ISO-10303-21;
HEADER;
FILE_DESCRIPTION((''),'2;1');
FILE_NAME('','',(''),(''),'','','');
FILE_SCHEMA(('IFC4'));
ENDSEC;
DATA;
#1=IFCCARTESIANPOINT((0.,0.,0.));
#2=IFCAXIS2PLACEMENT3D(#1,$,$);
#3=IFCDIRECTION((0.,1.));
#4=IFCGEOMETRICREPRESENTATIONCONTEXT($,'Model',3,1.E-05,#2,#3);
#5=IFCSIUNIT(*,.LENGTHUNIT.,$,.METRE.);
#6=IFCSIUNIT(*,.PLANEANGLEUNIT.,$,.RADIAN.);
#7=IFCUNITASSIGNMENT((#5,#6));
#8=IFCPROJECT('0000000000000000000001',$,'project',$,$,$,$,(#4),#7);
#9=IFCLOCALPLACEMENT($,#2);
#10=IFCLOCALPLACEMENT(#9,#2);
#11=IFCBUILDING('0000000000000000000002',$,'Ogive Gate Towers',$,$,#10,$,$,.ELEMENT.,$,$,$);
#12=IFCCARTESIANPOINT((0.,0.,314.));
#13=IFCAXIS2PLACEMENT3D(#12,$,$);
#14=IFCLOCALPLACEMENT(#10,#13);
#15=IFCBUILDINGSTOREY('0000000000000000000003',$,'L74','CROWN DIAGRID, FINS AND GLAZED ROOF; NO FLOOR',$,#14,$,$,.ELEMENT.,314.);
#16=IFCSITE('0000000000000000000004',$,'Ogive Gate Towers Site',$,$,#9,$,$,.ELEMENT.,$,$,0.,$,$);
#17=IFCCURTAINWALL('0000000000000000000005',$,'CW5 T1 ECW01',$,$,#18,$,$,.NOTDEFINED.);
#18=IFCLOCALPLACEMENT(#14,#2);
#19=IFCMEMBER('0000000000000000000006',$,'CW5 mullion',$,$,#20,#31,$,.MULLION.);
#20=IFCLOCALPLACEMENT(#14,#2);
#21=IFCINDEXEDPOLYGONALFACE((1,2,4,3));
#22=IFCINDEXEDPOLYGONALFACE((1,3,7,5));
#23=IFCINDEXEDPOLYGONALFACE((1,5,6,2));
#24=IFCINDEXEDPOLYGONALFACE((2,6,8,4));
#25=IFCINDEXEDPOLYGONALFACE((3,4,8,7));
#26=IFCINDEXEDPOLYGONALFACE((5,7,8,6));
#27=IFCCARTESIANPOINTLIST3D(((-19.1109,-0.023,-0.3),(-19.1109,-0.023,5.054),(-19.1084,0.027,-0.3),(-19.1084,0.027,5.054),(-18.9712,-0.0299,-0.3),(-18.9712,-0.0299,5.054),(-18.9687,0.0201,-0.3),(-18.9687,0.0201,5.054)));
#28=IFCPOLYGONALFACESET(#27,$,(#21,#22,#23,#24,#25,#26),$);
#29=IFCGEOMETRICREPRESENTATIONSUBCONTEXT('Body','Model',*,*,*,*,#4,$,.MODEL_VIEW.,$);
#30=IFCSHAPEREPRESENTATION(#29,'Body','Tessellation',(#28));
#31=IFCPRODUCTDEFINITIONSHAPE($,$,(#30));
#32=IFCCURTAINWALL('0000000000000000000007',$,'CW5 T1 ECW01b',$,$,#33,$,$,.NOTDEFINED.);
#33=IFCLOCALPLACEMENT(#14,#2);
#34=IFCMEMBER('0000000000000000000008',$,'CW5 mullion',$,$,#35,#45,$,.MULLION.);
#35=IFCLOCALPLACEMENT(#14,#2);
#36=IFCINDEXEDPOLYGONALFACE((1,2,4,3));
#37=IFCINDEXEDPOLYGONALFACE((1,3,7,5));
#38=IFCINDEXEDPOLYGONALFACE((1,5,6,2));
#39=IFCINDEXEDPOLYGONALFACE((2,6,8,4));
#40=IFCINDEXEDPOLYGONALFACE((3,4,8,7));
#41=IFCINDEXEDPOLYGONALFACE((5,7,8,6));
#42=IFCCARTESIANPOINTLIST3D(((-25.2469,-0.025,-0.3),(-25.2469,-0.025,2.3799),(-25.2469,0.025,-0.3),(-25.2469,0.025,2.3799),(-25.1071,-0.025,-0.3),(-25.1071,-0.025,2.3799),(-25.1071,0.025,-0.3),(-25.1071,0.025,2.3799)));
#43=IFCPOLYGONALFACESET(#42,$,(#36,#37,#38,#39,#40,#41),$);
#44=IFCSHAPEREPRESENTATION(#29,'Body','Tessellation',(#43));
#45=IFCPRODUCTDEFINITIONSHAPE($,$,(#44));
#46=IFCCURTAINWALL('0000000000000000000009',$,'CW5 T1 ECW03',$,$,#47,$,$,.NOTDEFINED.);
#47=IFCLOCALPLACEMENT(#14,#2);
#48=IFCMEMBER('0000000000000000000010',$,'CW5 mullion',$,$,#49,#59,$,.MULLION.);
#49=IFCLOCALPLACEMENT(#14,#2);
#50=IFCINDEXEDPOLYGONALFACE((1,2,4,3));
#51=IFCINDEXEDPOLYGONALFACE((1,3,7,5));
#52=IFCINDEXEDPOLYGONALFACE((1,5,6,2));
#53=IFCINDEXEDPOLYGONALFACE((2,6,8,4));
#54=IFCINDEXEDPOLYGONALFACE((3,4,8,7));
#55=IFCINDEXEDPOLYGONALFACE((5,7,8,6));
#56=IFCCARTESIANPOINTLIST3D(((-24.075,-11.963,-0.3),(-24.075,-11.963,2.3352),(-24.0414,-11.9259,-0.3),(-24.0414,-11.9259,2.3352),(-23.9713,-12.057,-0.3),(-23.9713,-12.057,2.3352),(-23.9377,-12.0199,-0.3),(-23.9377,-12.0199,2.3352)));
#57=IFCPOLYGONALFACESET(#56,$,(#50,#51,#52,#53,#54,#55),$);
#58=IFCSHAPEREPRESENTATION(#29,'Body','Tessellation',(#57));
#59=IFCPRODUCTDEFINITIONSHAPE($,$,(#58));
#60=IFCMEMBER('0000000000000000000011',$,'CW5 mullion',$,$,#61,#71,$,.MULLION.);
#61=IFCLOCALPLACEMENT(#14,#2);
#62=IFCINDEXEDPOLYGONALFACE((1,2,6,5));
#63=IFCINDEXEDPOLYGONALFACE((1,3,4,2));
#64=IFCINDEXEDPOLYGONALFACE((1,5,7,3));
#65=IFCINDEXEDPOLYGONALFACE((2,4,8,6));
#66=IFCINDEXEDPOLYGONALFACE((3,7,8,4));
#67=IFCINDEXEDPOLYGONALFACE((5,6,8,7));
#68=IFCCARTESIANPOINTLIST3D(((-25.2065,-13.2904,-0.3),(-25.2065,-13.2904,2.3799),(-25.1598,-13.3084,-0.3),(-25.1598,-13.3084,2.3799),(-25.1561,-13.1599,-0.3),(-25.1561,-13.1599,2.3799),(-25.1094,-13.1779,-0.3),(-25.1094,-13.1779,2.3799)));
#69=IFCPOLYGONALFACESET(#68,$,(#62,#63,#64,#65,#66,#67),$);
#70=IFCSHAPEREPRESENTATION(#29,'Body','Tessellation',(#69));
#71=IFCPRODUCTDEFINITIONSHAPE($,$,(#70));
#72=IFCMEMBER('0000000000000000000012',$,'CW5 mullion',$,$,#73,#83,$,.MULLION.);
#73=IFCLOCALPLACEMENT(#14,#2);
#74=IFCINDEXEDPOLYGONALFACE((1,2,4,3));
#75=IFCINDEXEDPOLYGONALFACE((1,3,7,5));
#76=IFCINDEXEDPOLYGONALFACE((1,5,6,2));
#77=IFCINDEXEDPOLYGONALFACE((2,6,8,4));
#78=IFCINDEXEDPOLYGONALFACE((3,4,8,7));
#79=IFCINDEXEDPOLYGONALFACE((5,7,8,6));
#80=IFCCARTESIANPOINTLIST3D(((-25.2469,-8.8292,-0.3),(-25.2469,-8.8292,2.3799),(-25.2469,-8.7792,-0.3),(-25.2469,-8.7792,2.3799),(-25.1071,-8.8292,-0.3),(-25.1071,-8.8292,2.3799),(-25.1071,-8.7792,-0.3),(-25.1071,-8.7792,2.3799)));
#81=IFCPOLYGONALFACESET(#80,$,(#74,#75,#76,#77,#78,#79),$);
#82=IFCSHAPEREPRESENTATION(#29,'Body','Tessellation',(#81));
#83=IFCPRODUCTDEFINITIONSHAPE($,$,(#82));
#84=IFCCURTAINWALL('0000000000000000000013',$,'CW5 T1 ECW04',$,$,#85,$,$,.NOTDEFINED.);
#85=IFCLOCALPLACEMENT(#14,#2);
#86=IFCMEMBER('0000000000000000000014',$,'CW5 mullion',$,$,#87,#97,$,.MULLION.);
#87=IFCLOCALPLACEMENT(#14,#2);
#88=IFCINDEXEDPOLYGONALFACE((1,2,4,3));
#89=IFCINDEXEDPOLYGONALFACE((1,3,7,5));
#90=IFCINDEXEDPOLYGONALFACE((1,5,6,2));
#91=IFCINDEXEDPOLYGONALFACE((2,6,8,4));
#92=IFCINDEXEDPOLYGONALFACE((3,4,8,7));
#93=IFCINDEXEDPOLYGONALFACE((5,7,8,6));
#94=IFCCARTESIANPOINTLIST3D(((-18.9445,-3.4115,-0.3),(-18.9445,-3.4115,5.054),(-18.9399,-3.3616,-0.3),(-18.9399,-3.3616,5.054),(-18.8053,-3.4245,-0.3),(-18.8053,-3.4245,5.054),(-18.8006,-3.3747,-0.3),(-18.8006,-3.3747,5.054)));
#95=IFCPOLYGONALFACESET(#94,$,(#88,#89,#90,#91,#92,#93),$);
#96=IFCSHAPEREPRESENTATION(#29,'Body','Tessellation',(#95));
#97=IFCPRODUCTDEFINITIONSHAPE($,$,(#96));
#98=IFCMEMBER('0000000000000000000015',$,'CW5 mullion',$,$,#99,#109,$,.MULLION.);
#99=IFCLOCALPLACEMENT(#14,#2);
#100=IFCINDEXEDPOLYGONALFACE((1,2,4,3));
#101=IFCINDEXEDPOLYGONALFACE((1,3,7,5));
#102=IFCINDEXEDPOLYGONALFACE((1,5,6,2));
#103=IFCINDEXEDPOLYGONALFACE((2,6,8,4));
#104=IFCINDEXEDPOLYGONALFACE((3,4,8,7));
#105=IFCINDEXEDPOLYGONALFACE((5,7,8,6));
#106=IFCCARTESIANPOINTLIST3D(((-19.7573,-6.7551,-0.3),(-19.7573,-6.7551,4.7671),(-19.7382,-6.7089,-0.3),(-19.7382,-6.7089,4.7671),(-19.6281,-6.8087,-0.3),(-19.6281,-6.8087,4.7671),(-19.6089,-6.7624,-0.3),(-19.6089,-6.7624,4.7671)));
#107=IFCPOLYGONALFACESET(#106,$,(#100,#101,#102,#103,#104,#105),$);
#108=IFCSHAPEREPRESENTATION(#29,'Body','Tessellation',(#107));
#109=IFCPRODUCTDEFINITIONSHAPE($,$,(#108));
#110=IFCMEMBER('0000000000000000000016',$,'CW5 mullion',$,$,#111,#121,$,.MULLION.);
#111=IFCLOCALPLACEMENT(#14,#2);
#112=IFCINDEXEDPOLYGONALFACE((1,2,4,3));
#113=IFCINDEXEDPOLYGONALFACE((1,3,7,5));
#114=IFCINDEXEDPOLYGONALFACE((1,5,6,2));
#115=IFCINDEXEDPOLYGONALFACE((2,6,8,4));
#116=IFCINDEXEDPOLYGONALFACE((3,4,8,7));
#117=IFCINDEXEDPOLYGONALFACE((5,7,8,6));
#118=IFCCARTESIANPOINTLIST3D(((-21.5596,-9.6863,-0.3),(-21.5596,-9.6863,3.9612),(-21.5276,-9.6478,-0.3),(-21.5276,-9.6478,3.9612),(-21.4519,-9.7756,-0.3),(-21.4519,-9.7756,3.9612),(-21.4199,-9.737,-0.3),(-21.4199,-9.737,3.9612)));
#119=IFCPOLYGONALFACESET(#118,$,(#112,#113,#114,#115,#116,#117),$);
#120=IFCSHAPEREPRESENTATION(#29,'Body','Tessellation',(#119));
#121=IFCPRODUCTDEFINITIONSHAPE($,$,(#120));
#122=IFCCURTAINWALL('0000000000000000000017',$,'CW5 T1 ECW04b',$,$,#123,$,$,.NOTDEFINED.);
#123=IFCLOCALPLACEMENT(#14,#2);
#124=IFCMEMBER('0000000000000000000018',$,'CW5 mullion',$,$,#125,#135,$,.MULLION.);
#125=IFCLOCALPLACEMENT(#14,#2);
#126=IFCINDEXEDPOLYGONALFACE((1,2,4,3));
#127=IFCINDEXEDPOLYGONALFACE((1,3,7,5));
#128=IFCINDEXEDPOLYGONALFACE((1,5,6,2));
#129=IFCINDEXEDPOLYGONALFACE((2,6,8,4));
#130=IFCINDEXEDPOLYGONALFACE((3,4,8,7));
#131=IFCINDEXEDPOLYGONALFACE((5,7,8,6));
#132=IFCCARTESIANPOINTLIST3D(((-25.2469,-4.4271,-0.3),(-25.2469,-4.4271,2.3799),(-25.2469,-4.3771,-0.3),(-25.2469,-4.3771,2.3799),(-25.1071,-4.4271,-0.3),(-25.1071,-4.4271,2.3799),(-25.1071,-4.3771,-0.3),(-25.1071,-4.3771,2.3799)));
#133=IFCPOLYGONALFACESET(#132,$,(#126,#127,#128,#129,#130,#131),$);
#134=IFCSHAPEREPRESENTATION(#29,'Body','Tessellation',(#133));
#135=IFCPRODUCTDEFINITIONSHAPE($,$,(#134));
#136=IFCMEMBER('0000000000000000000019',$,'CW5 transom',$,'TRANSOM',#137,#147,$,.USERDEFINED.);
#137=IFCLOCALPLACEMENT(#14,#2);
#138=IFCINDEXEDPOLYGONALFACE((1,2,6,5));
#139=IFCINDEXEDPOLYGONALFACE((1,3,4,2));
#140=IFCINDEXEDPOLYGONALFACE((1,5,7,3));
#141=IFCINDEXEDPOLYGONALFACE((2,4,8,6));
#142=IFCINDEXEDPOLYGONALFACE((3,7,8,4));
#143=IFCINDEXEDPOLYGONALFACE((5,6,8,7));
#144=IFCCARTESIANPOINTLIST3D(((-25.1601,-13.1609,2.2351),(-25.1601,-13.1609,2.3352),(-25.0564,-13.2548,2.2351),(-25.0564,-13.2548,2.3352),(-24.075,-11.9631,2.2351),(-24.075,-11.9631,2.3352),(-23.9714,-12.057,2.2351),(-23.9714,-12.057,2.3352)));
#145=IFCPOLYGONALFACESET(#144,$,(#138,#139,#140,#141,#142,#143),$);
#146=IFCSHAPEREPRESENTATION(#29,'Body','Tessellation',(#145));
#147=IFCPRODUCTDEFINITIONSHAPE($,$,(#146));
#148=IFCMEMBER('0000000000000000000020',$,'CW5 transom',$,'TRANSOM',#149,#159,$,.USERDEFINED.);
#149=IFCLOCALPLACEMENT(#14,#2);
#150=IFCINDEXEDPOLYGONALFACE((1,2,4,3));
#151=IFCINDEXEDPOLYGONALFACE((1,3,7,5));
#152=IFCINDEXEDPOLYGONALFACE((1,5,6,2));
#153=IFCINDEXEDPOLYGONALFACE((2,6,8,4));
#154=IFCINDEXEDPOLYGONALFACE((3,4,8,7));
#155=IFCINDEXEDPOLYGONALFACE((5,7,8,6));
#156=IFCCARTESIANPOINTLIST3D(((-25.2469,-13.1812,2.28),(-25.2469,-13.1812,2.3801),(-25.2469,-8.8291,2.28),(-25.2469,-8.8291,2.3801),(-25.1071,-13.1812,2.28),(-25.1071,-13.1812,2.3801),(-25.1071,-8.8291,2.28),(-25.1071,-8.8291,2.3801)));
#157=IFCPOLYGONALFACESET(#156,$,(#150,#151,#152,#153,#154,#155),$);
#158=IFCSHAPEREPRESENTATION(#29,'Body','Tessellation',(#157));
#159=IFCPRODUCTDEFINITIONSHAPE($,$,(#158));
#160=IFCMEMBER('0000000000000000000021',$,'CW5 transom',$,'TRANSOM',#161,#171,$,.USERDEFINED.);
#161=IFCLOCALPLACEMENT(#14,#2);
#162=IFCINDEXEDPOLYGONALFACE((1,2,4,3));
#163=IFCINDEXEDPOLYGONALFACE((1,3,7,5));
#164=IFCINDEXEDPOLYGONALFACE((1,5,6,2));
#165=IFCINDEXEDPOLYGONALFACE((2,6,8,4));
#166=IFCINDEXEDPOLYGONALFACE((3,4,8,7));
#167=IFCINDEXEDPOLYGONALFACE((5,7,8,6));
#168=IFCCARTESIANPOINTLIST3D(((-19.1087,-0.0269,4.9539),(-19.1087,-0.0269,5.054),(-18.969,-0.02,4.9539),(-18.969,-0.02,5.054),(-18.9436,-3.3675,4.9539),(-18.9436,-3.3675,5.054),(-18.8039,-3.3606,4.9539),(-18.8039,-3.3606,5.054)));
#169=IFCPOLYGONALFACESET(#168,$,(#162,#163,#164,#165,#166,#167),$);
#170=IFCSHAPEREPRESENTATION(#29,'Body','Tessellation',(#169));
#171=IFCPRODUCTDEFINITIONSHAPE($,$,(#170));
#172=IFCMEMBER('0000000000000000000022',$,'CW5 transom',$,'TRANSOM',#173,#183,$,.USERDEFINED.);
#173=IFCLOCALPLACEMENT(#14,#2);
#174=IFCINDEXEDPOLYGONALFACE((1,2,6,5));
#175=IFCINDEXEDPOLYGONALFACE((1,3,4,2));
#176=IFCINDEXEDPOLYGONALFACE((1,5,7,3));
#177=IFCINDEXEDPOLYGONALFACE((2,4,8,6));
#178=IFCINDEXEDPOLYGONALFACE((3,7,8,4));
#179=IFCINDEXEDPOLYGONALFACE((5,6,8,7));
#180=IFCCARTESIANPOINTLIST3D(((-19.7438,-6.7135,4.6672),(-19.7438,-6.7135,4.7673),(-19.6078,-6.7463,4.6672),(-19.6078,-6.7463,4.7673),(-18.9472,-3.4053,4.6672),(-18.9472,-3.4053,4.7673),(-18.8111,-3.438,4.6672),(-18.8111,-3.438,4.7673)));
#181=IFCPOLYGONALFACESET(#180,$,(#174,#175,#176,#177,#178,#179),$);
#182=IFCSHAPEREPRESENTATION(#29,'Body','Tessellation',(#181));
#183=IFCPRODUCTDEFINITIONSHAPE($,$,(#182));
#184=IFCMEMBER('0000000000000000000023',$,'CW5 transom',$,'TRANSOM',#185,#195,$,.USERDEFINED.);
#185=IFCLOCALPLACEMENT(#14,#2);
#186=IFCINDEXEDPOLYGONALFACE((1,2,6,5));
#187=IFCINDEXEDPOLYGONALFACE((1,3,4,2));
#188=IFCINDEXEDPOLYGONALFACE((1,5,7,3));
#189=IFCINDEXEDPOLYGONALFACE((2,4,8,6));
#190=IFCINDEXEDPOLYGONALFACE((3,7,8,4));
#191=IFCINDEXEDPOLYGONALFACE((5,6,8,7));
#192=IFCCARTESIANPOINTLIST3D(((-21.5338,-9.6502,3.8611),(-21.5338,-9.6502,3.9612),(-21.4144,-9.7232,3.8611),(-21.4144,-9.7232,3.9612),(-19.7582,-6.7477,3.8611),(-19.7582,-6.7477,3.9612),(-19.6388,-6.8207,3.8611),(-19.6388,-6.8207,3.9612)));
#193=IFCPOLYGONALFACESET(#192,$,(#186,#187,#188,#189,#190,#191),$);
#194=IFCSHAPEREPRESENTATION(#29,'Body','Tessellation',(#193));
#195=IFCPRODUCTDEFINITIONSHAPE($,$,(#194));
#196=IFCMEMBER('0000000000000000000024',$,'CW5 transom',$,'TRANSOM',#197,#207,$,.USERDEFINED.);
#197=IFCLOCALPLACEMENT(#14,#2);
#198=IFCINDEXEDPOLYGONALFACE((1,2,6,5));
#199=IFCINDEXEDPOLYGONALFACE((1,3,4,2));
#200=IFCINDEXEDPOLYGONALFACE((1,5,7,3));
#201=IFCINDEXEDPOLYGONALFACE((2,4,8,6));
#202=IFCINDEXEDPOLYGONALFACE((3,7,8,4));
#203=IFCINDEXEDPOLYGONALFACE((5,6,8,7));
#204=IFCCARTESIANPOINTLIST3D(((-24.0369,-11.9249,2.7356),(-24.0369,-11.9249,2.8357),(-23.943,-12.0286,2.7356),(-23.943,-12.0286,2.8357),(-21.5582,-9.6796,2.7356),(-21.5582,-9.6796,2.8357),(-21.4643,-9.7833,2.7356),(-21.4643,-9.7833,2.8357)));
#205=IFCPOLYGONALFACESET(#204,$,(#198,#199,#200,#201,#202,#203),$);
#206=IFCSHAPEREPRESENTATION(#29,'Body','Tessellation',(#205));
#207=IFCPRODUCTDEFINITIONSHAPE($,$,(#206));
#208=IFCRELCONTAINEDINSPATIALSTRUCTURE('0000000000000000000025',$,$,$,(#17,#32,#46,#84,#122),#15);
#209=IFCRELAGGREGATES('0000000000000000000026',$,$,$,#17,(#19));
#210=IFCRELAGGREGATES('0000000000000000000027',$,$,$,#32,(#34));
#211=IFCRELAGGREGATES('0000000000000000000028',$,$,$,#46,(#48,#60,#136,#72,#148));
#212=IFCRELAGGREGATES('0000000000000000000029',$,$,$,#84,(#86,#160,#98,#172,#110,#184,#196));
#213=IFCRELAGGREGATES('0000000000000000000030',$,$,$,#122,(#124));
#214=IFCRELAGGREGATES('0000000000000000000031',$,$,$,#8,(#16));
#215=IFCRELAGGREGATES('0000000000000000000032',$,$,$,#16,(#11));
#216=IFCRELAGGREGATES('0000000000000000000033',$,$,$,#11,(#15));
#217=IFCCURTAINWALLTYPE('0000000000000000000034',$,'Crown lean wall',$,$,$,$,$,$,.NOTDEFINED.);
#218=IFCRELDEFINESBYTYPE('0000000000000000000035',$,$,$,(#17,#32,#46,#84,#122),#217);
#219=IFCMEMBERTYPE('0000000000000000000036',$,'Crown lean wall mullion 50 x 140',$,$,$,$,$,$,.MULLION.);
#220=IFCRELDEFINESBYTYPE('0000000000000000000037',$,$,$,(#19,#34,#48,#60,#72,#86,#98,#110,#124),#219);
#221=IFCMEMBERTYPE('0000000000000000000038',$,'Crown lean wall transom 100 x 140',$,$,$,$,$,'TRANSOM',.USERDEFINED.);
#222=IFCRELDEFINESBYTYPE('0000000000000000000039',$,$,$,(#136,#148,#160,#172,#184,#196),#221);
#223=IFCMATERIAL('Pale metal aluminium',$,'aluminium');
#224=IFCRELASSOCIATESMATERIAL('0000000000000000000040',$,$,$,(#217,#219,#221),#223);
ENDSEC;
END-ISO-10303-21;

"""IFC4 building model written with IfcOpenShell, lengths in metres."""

from ifc_helpers import new_model, si_unit, direction, frame, origin, origin_2d, place, context, subcontext, project, spatial, rectangle, extrude, material, material_profile, profile_set, type_object, element, aggregate, save


model = new_model("IFC4")

# Units and contexts
model_context = context("Model", 3, precision=1e-05, world=origin(), true_north=direction((0.0, 1.0)))
body_context = subcontext(model_context, "Body", "Model", "MODEL_VIEW")
ifc_project = project(units=[si_unit("LENGTHUNIT", "METRE"), si_unit("PLANEANGLEUNIT", "RADIAN")], contexts=[model_context])

# Site, building, storey
site_placement = place(None, origin())
site = spatial("IfcSite", under=ifc_project, at=site_placement, Name="Ogive Gate Towers Site", CompositionType="ELEMENT", RefElevation=0.0)
building_placement = place(site_placement, origin())
building = spatial("IfcBuilding", under=site, at=building_placement, Name="Ogive Gate Towers", CompositionType="ELEMENT")
storey_placement = place(building_placement, frame((0.0, 0.0, 314.0)))
storey = spatial("IfcBuildingStorey", under=building, at=storey_placement, Name="L74", Description="CROWN DIAGRID, FINS AND GLAZED ROOF; NO FLOOR", CompositionType="ELEMENT", Elevation=314.0)

# Curtain walls, members
ifc_material_1 = material(Name="Pale metal aluminium", Category="aluminium")
curtain_wall_type = type_object("IfcCurtainWallType", Name="Crown lean wall", PredefinedType="NOTDEFINED", material=ifc_material_1)
curtain_wall_1_placement = place(storey_placement, origin())
curtain_wall_1 = element("IfcCurtainWall", 1, at=curtain_wall_1_placement, inside=storey, type_object=curtain_wall_type, Name="CW5 T1 ECW01", PredefinedType="NOTDEFINED")
ifc_material_profile_1 = material_profile(ifc_material_1, rectangle(XDim=0.1399, YDim=0.05, at=origin_2d()), Name="50 x 140 aluminium box")
ifc_profile_set_1 = profile_set([ifc_material_profile_1], Name="Pale metal aluminium")
member_type_1 = type_object("IfcMemberType", Name="Crown lean wall mullion 50 x 140", PredefinedType="MULLION", material=ifc_profile_set_1)
member_1_placement = place(storey_placement, frame((-19.0398, -0.0015, -0.3), z_axis=(0.0, 0.0, 1.0), x_axis=(-0.998782, 0.049338, 0.0)))
member_1 = element("IfcMember", 2, at=member_1_placement, type_object=member_type_1, Name="CW5 mullion", PredefinedType="MULLION", context=body_context, shape_type="SweptSolid", body=[
    extrude(rectangle(XDim=0.1399, YDim=0.05, at=origin_2d()), origin(), (0.0, 0.0, 1.0), 5.354),
])
aggregate(curtain_wall_1, [member_1])
curtain_wall_2_placement = place(storey_placement, origin())
curtain_wall_2 = element("IfcCurtainWall", 3, at=curtain_wall_2_placement, inside=storey, type_object=curtain_wall_type, Name="CW5 T1 ECW01b", PredefinedType="NOTDEFINED")
member_2_placement = place(storey_placement, frame((-25.177, 0.0, -0.3), z_axis=(0.0, 0.0, 1.0), x_axis=(1.0, 0.0, 0.0)))
member_2 = element("IfcMember", 4, at=member_2_placement, type_object=member_type_1, Name="CW5 mullion", PredefinedType="MULLION", context=body_context, shape_type="SweptSolid", body=[
    extrude(rectangle(XDim=0.1399, YDim=0.05, at=origin_2d()), origin(), (0.0, 0.0, 1.0), 2.6799),
])
aggregate(curtain_wall_2, [member_2])

# Curtain walls, members
curtain_wall_3_placement = place(storey_placement, origin())
curtain_wall_3 = element("IfcCurtainWall", 5, at=curtain_wall_3_placement, inside=storey, type_object=curtain_wall_type, Name="CW5 T1 ECW03", PredefinedType="NOTDEFINED")
member_3_placement = place(storey_placement, frame((-24.0063, -11.9915, -0.3), z_axis=(0.0, 0.0, 1.0), x_axis=(-0.741121, 0.671371, 0.0)))
member_3 = element("IfcMember", 6, at=member_3_placement, type_object=member_type_1, Name="CW5 mullion", PredefinedType="MULLION", context=body_context, shape_type="SweptSolid", body=[
    extrude(rectangle(XDim=0.1399, YDim=0.05, at=origin_2d()), origin(), (0.0, 0.0, 1.0), 2.6353),
])
member_4_placement = place(storey_placement, frame((-25.158, -13.2341, -0.3), z_axis=(0.0, 0.0, 1.0), x_axis=(0.359785, 0.933035, 0.0)))
member_4 = element("IfcMember", 7, at=member_4_placement, type_object=member_type_1, Name="CW5 mullion", PredefinedType="MULLION", context=body_context, shape_type="SweptSolid", body=[
    extrude(rectangle(XDim=0.1399, YDim=0.05, at=origin_2d()), origin(), (0.0, 0.0, 1.0), 2.6799),
])
member_5_placement = place(storey_placement, frame((-25.177, -8.8042, -0.3), z_axis=(0.0, 0.0, 1.0), x_axis=(1.0, 0.0, 0.0)))
member_5 = element("IfcMember", 8, at=member_5_placement, type_object=member_type_1, Name="CW5 mullion", PredefinedType="MULLION", context=body_context, shape_type="SweptSolid", body=[
    extrude(rectangle(XDim=0.1399, YDim=0.05, at=origin_2d()), origin(), (0.0, 0.0, 1.0), 2.6799),
])
curtain_wall_4_placement = place(storey_placement, origin())
curtain_wall_4 = element("IfcCurtainWall", 9, at=curtain_wall_4_placement, inside=storey, type_object=curtain_wall_type, Name="CW5 T1 ECW04", PredefinedType="NOTDEFINED")
member_6_placement = place(storey_placement, frame((-18.8726, -3.3931, -0.3), z_axis=(0.0, 0.0, 1.0), x_axis=(-0.995632, 0.093361, 0.0)))
member_6 = element("IfcMember", 10, at=member_6_placement, type_object=member_type_1, Name="CW5 mullion", PredefinedType="MULLION", context=body_context, shape_type="SweptSolid", body=[
    extrude(rectangle(XDim=0.1399, YDim=0.05, at=origin_2d()), origin(), (0.0, 0.0, 1.0), 5.354),
])
member_7_placement = place(storey_placement, frame((-19.6831, -6.7588, -0.3), z_axis=(0.0, 0.0, 1.0), x_axis=(-0.92388, 0.382683, 0.0)))
member_7 = element("IfcMember", 11, at=member_7_placement, type_object=member_type_1, Name="CW5 mullion", PredefinedType="MULLION", context=body_context, shape_type="SweptSolid", body=[
    extrude(rectangle(XDim=0.1399, YDim=0.05, at=origin_2d()), origin(), (0.0, 0.0, 1.0), 5.0671),
])
member_8_placement = place(storey_placement, frame((-21.4897, -9.7117, -0.3), z_axis=(0.0, 0.0, 1.0), x_axis=(-0.770035, 0.638002, 0.0)))
member_8 = element("IfcMember", 12, at=member_8_placement, type_object=member_type_1, Name="CW5 mullion", PredefinedType="MULLION", context=body_context, shape_type="SweptSolid", body=[
    extrude(rectangle(XDim=0.1399, YDim=0.05, at=origin_2d()), origin(), (0.0, 0.0, 1.0), 4.2612),
])

# Curtain wall, member
curtain_wall_5_placement = place(storey_placement, origin())
curtain_wall_5 = element("IfcCurtainWall", 13, at=curtain_wall_5_placement, inside=storey, type_object=curtain_wall_type, Name="CW5 T1 ECW04b", PredefinedType="NOTDEFINED")
member_9_placement = place(storey_placement, frame((-25.177, -4.4021, -0.3), z_axis=(0.0, 0.0, 1.0), x_axis=(1.0, 0.0, 0.0)))
member_9 = element("IfcMember", 14, at=member_9_placement, type_object=member_type_1, Name="CW5 mullion", PredefinedType="MULLION", context=body_context, shape_type="SweptSolid", body=[
    extrude(rectangle(XDim=0.1399, YDim=0.05, at=origin_2d()), origin(), (0.0, 0.0, 1.0), 2.6799),
])

# Members
ifc_material_profile_2 = material_profile(ifc_material_1, rectangle(XDim=0.1399, YDim=0.1001, at=origin_2d()), Name="100 x 140 aluminium box")
ifc_profile_set_2 = profile_set([ifc_material_profile_2], Name="Pale metal aluminium")
member_type_2 = type_object("IfcMemberType", Name="Crown lean wall transom 100 x 140", ElementType="TRANSOM", PredefinedType="USERDEFINED", material=ifc_profile_set_2)
member_10_placement = place(storey_placement, frame((-24.0232, -12.01, 2.2852), z_axis=(-0.671348, -0.741142, 0.0), x_axis=(0.741142, -0.671348, 0.0)))
member_10 = element("IfcMember", 15, at=member_10_placement, type_object=member_type_2, Name="CW5 transom", ObjectType="TRANSOM", PredefinedType="USERDEFINED", context=body_context, shape_type="SweptSolid", body=[
    extrude(rectangle(XDim=0.1399, YDim=0.1001, at=origin_2d()), origin(), (0.0, 0.0, 1.0), 1.6162),
])
member_11_placement = place(storey_placement, frame((-25.177, -13.1812, 2.3301), z_axis=(0.0, 1.0, 0.0), x_axis=(-1.0, 0.0, 0.0)))
member_11 = element("IfcMember", 16, at=member_11_placement, type_object=member_type_2, Name="CW5 transom", ObjectType="TRANSOM", PredefinedType="USERDEFINED", context=body_context, shape_type="SweptSolid", body=[
    extrude(rectangle(XDim=0.1399, YDim=0.1001, at=origin_2d()), origin(), (0.0, 0.0, 1.0), 4.3521),
])
member_12_placement = place(storey_placement, frame((-19.0388, -0.0234, 5.0039), z_axis=(0.049344, -0.998782, 0.0), x_axis=(0.998782, 0.049344, 0.0)))
member_12 = element("IfcMember", 17, at=member_12_placement, type_object=member_type_2, Name="CW5 transom", ObjectType="TRANSOM", PredefinedType="USERDEFINED", context=body_context, shape_type="SweptSolid", body=[
    extrude(rectangle(XDim=0.1399, YDim=0.1001, at=origin_2d()), origin(), (0.0, 0.0, 1.0), 3.3447),
])
member_13_placement = place(storey_placement, frame((-18.8792, -3.4216, 4.7173), z_axis=(-0.234103, -0.972212, 0.0), x_axis=(0.972212, -0.234103, 0.0)))
member_13 = element("IfcMember", 18, at=member_13_placement, type_object=member_type_2, Name="CW5 transom", ObjectType="TRANSOM", PredefinedType="USERDEFINED", context=body_context, shape_type="SweptSolid", body=[
    extrude(rectangle(XDim=0.1399, YDim=0.1001, at=origin_2d()), origin(), (0.0, 0.0, 1.0), 3.4028),
])
member_14_placement = place(storey_placement, frame((-19.6985, -6.7842, 3.9111), z_axis=(-0.521842, -0.853042, 0.0), x_axis=(0.853042, -0.521842, 0.0)))
member_14 = element("IfcMember", 19, at=member_14_placement, type_object=member_type_2, Name="CW5 transom", ObjectType="TRANSOM", PredefinedType="USERDEFINED", context=body_context, shape_type="SweptSolid", body=[
    extrude(rectangle(XDim=0.1399, YDim=0.1001, at=origin_2d()), origin(), (0.0, 0.0, 1.0), 3.4026),
])
member_15_placement = place(storey_placement, frame((-21.5112, -9.7314, 2.7856), z_axis=(-0.741138, -0.671353, 0.0), x_axis=(0.671353, -0.741138, 0.0)))
member_15 = element("IfcMember", 20, at=member_15_placement, type_object=member_type_2, Name="CW5 transom", ObjectType="TRANSOM", PredefinedType="USERDEFINED", context=body_context, shape_type="SweptSolid", body=[
    extrude(rectangle(XDim=0.1399, YDim=0.1001, at=origin_2d()), origin(), (0.0, 0.0, 1.0), 3.3445),
])

aggregate(curtain_wall_3, [member_3, member_4, member_10, member_5, member_11])
aggregate(curtain_wall_4, [member_6, member_12, member_7, member_13, member_8, member_14, member_15])
aggregate(curtain_wall_5, [member_9])

save(model, "model.ifc")
